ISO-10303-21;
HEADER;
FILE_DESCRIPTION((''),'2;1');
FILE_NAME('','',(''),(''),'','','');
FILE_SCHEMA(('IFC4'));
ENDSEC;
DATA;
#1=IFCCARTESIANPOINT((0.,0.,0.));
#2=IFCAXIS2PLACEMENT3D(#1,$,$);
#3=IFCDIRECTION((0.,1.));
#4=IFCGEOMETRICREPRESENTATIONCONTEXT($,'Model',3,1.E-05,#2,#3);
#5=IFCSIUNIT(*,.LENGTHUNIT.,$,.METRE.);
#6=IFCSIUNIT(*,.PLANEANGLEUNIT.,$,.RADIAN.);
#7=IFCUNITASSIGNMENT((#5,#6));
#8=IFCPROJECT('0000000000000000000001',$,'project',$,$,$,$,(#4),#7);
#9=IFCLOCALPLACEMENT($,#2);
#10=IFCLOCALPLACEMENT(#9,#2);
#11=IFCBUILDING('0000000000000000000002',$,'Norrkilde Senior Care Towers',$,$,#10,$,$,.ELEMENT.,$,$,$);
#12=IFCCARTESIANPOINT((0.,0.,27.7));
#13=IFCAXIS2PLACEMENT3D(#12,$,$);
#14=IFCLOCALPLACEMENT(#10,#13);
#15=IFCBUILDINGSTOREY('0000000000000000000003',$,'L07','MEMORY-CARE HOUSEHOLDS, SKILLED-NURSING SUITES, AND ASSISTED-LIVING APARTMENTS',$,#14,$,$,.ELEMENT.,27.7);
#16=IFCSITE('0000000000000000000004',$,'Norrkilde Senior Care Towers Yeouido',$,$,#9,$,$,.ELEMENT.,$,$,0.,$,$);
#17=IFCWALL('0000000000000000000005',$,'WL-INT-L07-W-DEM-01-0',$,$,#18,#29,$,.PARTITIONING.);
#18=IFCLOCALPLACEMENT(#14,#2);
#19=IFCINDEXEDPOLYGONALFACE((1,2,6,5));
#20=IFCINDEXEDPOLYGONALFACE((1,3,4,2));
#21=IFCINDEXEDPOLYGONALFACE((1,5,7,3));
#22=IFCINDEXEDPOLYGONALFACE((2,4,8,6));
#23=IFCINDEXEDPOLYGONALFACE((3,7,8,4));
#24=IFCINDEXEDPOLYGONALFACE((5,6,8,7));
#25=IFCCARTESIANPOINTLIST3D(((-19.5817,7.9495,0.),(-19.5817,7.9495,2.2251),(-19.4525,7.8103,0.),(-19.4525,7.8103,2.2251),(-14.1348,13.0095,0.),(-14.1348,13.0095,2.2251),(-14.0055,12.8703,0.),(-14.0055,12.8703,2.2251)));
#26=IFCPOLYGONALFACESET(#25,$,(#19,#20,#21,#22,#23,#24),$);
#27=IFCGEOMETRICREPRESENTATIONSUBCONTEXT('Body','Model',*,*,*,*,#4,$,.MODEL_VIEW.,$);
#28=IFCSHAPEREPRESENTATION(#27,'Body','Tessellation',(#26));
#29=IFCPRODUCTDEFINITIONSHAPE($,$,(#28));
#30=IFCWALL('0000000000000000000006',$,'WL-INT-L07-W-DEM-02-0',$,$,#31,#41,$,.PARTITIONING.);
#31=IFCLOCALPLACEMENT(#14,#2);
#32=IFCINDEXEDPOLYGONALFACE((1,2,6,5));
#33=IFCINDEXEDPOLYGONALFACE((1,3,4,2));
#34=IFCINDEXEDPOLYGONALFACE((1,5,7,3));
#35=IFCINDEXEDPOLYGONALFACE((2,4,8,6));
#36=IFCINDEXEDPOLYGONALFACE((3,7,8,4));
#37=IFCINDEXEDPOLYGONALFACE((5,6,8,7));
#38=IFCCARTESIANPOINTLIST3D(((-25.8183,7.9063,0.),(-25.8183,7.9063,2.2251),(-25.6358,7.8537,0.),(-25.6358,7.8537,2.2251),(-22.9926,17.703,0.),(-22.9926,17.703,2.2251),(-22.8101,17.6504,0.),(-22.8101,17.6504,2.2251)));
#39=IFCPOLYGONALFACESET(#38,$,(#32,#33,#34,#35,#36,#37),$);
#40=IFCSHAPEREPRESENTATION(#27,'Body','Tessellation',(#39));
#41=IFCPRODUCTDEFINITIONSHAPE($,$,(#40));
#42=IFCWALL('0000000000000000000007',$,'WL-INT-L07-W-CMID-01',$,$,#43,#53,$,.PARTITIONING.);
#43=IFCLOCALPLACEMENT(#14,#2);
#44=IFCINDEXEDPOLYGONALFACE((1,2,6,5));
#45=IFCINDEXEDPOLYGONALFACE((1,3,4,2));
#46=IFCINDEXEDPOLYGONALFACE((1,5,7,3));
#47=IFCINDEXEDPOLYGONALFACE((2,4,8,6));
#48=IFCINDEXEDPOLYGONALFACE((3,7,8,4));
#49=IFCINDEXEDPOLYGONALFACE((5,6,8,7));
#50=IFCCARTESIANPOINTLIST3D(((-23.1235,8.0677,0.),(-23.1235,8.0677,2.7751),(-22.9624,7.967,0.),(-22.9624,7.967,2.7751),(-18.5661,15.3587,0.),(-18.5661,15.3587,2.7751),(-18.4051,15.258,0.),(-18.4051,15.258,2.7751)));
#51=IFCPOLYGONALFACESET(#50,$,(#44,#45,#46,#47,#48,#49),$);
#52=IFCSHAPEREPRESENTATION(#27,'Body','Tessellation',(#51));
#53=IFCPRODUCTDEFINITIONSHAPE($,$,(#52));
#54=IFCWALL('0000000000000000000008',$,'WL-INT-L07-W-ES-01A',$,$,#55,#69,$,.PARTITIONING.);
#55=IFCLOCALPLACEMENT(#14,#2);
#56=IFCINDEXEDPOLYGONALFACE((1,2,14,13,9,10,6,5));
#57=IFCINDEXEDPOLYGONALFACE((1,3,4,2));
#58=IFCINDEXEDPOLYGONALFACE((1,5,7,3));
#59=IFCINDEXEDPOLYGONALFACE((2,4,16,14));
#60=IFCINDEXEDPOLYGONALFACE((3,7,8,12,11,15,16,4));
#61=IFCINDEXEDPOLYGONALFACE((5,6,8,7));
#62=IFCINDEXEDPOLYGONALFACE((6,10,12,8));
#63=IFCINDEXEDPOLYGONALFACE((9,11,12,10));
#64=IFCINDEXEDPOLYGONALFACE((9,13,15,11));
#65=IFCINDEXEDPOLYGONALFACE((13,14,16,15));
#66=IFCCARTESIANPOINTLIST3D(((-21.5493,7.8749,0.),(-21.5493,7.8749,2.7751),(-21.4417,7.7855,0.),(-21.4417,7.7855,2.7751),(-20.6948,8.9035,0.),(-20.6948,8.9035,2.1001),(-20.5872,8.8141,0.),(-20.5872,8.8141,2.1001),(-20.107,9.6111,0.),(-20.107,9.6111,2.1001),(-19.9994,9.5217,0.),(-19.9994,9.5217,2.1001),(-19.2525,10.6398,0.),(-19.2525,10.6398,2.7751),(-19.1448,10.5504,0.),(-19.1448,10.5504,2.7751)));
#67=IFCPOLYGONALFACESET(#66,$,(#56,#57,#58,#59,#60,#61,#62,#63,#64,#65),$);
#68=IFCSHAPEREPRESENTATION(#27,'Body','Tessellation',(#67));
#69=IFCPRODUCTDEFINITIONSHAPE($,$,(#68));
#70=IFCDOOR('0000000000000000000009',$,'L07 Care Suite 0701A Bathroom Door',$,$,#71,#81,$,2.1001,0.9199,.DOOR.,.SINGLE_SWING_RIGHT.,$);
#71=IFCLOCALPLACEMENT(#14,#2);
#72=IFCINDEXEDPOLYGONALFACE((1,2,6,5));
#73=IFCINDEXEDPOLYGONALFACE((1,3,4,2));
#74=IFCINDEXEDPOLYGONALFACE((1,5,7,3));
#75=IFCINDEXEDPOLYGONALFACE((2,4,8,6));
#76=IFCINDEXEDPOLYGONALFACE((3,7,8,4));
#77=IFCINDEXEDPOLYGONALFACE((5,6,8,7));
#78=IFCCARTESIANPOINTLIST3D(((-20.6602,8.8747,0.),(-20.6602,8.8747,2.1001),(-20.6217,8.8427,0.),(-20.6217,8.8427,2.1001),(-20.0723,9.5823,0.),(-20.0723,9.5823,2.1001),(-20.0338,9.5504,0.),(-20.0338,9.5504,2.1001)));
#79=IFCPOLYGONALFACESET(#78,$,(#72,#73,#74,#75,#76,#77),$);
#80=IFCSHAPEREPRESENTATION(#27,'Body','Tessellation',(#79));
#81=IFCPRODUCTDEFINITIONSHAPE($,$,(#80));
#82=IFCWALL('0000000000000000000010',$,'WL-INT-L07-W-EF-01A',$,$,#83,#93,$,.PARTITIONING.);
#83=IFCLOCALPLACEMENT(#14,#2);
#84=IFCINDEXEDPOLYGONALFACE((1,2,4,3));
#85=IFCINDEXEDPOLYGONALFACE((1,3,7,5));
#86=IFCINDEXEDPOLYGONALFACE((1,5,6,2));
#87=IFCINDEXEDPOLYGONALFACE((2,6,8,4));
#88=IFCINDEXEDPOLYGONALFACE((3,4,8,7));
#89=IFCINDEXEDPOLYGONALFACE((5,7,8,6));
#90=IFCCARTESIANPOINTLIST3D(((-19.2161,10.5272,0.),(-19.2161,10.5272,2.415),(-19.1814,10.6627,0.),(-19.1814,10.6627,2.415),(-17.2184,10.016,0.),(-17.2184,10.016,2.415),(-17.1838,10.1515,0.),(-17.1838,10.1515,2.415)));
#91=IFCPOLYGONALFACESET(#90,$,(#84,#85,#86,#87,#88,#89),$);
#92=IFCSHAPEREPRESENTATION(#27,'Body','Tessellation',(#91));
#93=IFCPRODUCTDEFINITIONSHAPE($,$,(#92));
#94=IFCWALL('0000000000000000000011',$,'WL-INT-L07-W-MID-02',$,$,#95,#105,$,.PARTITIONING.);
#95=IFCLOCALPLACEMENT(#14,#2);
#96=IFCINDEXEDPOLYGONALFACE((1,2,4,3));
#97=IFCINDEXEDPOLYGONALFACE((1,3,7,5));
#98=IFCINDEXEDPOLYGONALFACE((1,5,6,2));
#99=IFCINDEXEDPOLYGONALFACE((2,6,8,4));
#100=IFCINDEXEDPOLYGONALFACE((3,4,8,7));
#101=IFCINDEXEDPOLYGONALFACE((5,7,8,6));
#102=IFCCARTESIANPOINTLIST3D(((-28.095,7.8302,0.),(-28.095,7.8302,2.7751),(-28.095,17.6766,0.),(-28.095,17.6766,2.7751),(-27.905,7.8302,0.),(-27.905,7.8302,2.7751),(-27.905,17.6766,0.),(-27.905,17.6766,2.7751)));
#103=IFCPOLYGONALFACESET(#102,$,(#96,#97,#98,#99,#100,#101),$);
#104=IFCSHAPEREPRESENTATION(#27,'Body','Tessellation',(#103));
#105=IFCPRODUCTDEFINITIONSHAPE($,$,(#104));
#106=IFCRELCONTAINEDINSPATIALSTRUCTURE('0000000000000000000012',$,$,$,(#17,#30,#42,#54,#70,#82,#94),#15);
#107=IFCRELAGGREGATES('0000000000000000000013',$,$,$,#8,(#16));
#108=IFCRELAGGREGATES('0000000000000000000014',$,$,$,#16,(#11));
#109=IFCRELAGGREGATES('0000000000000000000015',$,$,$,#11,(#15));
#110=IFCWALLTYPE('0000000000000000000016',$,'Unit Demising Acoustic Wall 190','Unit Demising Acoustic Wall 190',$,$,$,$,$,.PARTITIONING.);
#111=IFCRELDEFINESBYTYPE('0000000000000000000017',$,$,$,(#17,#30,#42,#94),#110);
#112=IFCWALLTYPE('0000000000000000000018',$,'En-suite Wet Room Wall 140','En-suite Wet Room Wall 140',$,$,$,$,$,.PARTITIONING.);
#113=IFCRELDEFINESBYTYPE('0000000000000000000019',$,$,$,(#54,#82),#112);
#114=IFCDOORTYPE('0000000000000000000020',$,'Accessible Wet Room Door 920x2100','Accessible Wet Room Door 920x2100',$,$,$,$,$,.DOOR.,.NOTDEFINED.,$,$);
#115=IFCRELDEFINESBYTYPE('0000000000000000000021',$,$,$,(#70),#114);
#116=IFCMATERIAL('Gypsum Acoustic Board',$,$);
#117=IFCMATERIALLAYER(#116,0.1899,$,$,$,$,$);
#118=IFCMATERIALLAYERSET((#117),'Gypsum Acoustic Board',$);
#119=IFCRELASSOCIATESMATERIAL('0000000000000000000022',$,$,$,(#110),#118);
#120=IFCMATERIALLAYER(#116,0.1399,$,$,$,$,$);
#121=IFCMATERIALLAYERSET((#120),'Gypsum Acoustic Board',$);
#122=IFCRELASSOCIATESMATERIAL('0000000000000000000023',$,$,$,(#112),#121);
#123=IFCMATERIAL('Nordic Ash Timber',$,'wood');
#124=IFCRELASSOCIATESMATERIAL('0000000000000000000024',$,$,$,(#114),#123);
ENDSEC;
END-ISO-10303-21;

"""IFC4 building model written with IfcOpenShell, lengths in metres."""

from ifc_helpers import new_model, si_unit, direction, frame, frame_2d, origin, place, context, subcontext, project, spatial, rectangle, extrude, source, transform, mapped, material, layer, layer_set, type_object, type_shapes, element, fill, save


model = new_model("IFC4")

# Units and contexts
model_context = context("Model", 3, precision=1e-05, world=origin(), true_north=direction((0.0, 1.0)))
body_context = subcontext(model_context, "Body", "Model", "MODEL_VIEW")
ifc_project = project(units=[si_unit("LENGTHUNIT", "METRE"), si_unit("PLANEANGLEUNIT", "RADIAN")], contexts=[model_context])

# Site, building, storey
site_placement = place(None, origin())
site = spatial("IfcSite", under=ifc_project, at=site_placement, Name="Norrkilde Senior Care Towers Yeouido", CompositionType="ELEMENT", RefElevation=0.0)
building_placement = place(site_placement, origin())
building = spatial("IfcBuilding", under=site, at=building_placement, Name="Norrkilde Senior Care Towers", CompositionType="ELEMENT")
storey_placement = place(building_placement, frame((0.0, 0.0, 27.7)))
storey = spatial("IfcBuildingStorey", under=building, at=storey_placement, Name="L07", Description="MEMORY-CARE HOUSEHOLDS, SKILLED-NURSING SUITES, AND ASSISTED-LIVING APARTMENTS", CompositionType="ELEMENT", Elevation=27.7)

# Shared definitions
ifc_material_1 = material(Name="Gypsum Acoustic Board")
ifc_material_2 = material(Name="Nordic Ash Timber", Category="wood")

# Walls
ifc_layer_1 = layer(ifc_material_1, 0.1899)
ifc_layer_set_1 = layer_set([ifc_layer_1], Name="Gypsum Acoustic Board")
wall_type_1 = type_object("IfcWallType", Name="Unit Demising Acoustic Wall 190", Description="Unit Demising Acoustic Wall 190", PredefinedType="PARTITIONING", material=ifc_layer_set_1)
shared_shape_1 = source(origin(), body_context, "Body", "SweptSolid", [
    extrude(rectangle(XDim=7.4346, YDim=0.1899, at=frame_2d((3.7173, 0.0))), origin(), (0.0, 0.0, 1.0), 2.2251),
])
wall_1_placement = place(storey_placement, frame((-19.5171, 7.8799, 0.0), z_axis=(0.0, 0.0, 1.0), x_axis=(0.732652, 0.680603, 0.0)))
element("IfcWall", 1, at=wall_1_placement, inside=storey, type_object=wall_type_1, Name="WL-INT-L07-W-DEM-01-0", PredefinedType="PARTITIONING", context=body_context, shape_type="MappedRepresentation", body=[
    mapped(shared_shape_1, transform((0.0, 0.0, 0.0), x_axis=(1.0, 0.0, 0.0), y_axis=(0.0, 1.0, 0.0), z_axis=(0.0, 0.0, 1.0), scale=1.0)),
])
shared_shape_2 = source(origin(), body_context, "Body", "SweptSolid", [
    extrude(rectangle(XDim=10.196, YDim=0.1899, at=frame_2d((5.0981, 0.0))), origin(), (0.0, 0.0, 1.0), 2.2251),
])
wall_2_placement = place(storey_placement, frame((-25.7271, 7.8799, 0.0), z_axis=(0.0, 0.0, 1.0), x_axis=(0.277136, 0.960831, 0.0)))
element("IfcWall", 2, at=wall_2_placement, inside=storey, type_object=wall_type_1, Name="WL-INT-L07-W-DEM-02-0", PredefinedType="PARTITIONING", context=body_context, shape_type="MappedRepresentation", body=[
    mapped(shared_shape_2, transform((0.0, 0.0, 0.0), x_axis=(1.0, 0.0, 0.0), y_axis=(0.0, 1.0, 0.0), z_axis=(0.0, 0.0, 1.0), scale=1.0)),
])
shared_shape_3 = source(origin(), body_context, "Body", "SweptSolid", [
    extrude(rectangle(XDim=8.5981, YDim=0.1899, at=frame_2d((4.2991, 0.0))), origin(), (0.0, 0.0, 1.0), 2.7751),
])
wall_3_placement = place(storey_placement, frame((-23.043, 8.0173, 0.0), z_axis=(0.0, 0.0, 1.0), x_axis=(0.53004, 0.847973, 0.0)))
element("IfcWall", 3, at=wall_3_placement, inside=storey, type_object=wall_type_1, Name="WL-INT-L07-W-CMID-01", PredefinedType="PARTITIONING", context=body_context, shape_type="MappedRepresentation", body=[
    mapped(shared_shape_3, transform((0.0, 0.0, 0.0), x_axis=(1.0, 0.0, 0.0), y_axis=(0.0, 1.0, 0.0), z_axis=(0.0, 0.0, 1.0), scale=1.0)),
])

# Wall, opening, door
ifc_layer_2 = layer(ifc_material_1, 0.1399)
ifc_layer_set_2 = layer_set([ifc_layer_2], Name="Gypsum Acoustic Board")
wall_type_2 = type_object("IfcWallType", Name="En-suite Wet Room Wall 140", Description="En-suite Wet Room Wall 140", PredefinedType="PARTITIONING", material=ifc_layer_set_2)
shared_shape_4 = source(origin(), body_context, "Body", "SweptSolid", [
    extrude(rectangle(XDim=3.5945, YDim=0.1399, at=frame_2d((1.7974, 0.0))), origin(), (0.0, 0.0, 1.0), 2.7751),
])
wall_4_placement = place(storey_placement, frame((-21.4956, 7.8301, 0.0), z_axis=(0.0, 0.0, 1.0), x_axis=(0.639001, 0.769206, 0.0)))
wall_4 = element("IfcWall", 4, at=wall_4_placement, inside=storey, type_object=wall_type_2, Name="WL-INT-L07-W-ES-01A", PredefinedType="PARTITIONING", context=body_context, shape_type="MappedRepresentation", body=[
    mapped(shared_shape_4, transform((0.0, 0.0, 0.0), x_axis=(1.0, 0.0, 0.0), y_axis=(0.0, 1.0, 0.0), z_axis=(0.0, 0.0, 1.0), scale=1.0)),
])
opening_1_placement = place(wall_4_placement, frame((1.3374, 0.0, 0.0)))
opening_1 = element("IfcOpeningElement", 5, at=opening_1_placement, cuts=wall_4, PredefinedType="OPENING", context=body_context, shape_type="SweptSolid", body=[
    extrude(rectangle(XDim=0.9199, YDim=2.1001, at=frame_2d((0.46, 1.05))), frame((0.0, 0.0798, 0.0), z_axis=(0.0, -1.0, 0.0), x_axis=(1.0, 0.0, 0.0)), (0.0, 0.0, 1.0), 0.1599),
])
door_type_1 = type_object("IfcDoorType", Name="Accessible Wet Room Door 920x2100", Description="Accessible Wet Room Door 920x2100", OperationType="NOTDEFINED", PredefinedType="DOOR", material=ifc_material_2)
shared_shape_5 = source(origin(), body_context, "Body", "SweptSolid", [
    extrude(rectangle(XDim=0.9199, YDim=2.1001, at=frame_2d((0.46, 1.05))), frame((0.0, 0.0249, 0.0), z_axis=(0.0, -1.0, 0.0), x_axis=(1.0, 0.0, 0.0)), (0.0, 0.0, 1.0), 0.05),
])
type_shapes(door_type_1, [shared_shape_5])
door_1_placement = place(opening_1_placement, origin())
door_1 = element("IfcDoor", 6, at=door_1_placement, inside=storey, type_object=door_type_1, Name="L07 Care Suite 0701A Bathroom Door", OperationType="SINGLE_SWING_RIGHT", OverallHeight=2.1001, OverallWidth=0.9199, PredefinedType="DOOR", context=body_context, shape_type="MappedRepresentation", body=[
    mapped(shared_shape_5, transform((0.0, 0.0, 0.0), x_axis=(1.0, 0.0, 0.0), y_axis=(0.0, 1.0, 0.0), z_axis=(0.0, 0.0, 1.0), scale=1.0)),
])
fill(opening_1, door_1)

# Walls
shared_shape_6 = source(origin(), body_context, "Body", "SweptSolid", [
    extrude(rectangle(XDim=2.062, YDim=0.1399, at=frame_2d((1.031, 0.0))), origin(), (0.0, 0.0, 1.0), 2.415),
])
type_shapes(wall_type_2, [shared_shape_4, shared_shape_6])
wall_5_placement = place(storey_placement, frame((-19.1987, 10.595, 0.0), z_axis=(0.0, 0.0, 1.0), x_axis=(0.968776, -0.247937, 0.0)))
element("IfcWall", 7, at=wall_5_placement, inside=storey, type_object=wall_type_2, Name="WL-INT-L07-W-EF-01A", PredefinedType="PARTITIONING", context=body_context, shape_type="MappedRepresentation", body=[
    mapped(shared_shape_6, transform((0.0, 0.0, 0.0), x_axis=(1.0, 0.0, 0.0), y_axis=(0.0, 1.0, 0.0), z_axis=(0.0, 0.0, 1.0), scale=1.0)),
])
shared_shape_7 = source(origin(), body_context, "Body", "SweptSolid", [
    extrude(rectangle(XDim=9.8464, YDim=0.1899, at=frame_2d((4.9233, 0.0))), origin(), (0.0, 0.0, 1.0), 2.7751),
])
type_shapes(wall_type_1, [shared_shape_1, shared_shape_2, shared_shape_3, shared_shape_7])
wall_6_placement = place(storey_placement, frame((-28.0, 7.8301, 0.0), z_axis=(0.0, 0.0, 1.0), x_axis=(0.0, 1.0, 0.0)))
element("IfcWall", 8, at=wall_6_placement, inside=storey, type_object=wall_type_1, Name="WL-INT-L07-W-MID-02", PredefinedType="PARTITIONING", context=body_context, shape_type="MappedRepresentation", body=[
    mapped(shared_shape_7, transform((0.0, 0.0, 0.0), x_axis=(1.0, 0.0, 0.0), y_axis=(0.0, 1.0, 0.0), z_axis=(0.0, 0.0, 1.0), scale=1.0)),
])

save(model, "model.ifc")
